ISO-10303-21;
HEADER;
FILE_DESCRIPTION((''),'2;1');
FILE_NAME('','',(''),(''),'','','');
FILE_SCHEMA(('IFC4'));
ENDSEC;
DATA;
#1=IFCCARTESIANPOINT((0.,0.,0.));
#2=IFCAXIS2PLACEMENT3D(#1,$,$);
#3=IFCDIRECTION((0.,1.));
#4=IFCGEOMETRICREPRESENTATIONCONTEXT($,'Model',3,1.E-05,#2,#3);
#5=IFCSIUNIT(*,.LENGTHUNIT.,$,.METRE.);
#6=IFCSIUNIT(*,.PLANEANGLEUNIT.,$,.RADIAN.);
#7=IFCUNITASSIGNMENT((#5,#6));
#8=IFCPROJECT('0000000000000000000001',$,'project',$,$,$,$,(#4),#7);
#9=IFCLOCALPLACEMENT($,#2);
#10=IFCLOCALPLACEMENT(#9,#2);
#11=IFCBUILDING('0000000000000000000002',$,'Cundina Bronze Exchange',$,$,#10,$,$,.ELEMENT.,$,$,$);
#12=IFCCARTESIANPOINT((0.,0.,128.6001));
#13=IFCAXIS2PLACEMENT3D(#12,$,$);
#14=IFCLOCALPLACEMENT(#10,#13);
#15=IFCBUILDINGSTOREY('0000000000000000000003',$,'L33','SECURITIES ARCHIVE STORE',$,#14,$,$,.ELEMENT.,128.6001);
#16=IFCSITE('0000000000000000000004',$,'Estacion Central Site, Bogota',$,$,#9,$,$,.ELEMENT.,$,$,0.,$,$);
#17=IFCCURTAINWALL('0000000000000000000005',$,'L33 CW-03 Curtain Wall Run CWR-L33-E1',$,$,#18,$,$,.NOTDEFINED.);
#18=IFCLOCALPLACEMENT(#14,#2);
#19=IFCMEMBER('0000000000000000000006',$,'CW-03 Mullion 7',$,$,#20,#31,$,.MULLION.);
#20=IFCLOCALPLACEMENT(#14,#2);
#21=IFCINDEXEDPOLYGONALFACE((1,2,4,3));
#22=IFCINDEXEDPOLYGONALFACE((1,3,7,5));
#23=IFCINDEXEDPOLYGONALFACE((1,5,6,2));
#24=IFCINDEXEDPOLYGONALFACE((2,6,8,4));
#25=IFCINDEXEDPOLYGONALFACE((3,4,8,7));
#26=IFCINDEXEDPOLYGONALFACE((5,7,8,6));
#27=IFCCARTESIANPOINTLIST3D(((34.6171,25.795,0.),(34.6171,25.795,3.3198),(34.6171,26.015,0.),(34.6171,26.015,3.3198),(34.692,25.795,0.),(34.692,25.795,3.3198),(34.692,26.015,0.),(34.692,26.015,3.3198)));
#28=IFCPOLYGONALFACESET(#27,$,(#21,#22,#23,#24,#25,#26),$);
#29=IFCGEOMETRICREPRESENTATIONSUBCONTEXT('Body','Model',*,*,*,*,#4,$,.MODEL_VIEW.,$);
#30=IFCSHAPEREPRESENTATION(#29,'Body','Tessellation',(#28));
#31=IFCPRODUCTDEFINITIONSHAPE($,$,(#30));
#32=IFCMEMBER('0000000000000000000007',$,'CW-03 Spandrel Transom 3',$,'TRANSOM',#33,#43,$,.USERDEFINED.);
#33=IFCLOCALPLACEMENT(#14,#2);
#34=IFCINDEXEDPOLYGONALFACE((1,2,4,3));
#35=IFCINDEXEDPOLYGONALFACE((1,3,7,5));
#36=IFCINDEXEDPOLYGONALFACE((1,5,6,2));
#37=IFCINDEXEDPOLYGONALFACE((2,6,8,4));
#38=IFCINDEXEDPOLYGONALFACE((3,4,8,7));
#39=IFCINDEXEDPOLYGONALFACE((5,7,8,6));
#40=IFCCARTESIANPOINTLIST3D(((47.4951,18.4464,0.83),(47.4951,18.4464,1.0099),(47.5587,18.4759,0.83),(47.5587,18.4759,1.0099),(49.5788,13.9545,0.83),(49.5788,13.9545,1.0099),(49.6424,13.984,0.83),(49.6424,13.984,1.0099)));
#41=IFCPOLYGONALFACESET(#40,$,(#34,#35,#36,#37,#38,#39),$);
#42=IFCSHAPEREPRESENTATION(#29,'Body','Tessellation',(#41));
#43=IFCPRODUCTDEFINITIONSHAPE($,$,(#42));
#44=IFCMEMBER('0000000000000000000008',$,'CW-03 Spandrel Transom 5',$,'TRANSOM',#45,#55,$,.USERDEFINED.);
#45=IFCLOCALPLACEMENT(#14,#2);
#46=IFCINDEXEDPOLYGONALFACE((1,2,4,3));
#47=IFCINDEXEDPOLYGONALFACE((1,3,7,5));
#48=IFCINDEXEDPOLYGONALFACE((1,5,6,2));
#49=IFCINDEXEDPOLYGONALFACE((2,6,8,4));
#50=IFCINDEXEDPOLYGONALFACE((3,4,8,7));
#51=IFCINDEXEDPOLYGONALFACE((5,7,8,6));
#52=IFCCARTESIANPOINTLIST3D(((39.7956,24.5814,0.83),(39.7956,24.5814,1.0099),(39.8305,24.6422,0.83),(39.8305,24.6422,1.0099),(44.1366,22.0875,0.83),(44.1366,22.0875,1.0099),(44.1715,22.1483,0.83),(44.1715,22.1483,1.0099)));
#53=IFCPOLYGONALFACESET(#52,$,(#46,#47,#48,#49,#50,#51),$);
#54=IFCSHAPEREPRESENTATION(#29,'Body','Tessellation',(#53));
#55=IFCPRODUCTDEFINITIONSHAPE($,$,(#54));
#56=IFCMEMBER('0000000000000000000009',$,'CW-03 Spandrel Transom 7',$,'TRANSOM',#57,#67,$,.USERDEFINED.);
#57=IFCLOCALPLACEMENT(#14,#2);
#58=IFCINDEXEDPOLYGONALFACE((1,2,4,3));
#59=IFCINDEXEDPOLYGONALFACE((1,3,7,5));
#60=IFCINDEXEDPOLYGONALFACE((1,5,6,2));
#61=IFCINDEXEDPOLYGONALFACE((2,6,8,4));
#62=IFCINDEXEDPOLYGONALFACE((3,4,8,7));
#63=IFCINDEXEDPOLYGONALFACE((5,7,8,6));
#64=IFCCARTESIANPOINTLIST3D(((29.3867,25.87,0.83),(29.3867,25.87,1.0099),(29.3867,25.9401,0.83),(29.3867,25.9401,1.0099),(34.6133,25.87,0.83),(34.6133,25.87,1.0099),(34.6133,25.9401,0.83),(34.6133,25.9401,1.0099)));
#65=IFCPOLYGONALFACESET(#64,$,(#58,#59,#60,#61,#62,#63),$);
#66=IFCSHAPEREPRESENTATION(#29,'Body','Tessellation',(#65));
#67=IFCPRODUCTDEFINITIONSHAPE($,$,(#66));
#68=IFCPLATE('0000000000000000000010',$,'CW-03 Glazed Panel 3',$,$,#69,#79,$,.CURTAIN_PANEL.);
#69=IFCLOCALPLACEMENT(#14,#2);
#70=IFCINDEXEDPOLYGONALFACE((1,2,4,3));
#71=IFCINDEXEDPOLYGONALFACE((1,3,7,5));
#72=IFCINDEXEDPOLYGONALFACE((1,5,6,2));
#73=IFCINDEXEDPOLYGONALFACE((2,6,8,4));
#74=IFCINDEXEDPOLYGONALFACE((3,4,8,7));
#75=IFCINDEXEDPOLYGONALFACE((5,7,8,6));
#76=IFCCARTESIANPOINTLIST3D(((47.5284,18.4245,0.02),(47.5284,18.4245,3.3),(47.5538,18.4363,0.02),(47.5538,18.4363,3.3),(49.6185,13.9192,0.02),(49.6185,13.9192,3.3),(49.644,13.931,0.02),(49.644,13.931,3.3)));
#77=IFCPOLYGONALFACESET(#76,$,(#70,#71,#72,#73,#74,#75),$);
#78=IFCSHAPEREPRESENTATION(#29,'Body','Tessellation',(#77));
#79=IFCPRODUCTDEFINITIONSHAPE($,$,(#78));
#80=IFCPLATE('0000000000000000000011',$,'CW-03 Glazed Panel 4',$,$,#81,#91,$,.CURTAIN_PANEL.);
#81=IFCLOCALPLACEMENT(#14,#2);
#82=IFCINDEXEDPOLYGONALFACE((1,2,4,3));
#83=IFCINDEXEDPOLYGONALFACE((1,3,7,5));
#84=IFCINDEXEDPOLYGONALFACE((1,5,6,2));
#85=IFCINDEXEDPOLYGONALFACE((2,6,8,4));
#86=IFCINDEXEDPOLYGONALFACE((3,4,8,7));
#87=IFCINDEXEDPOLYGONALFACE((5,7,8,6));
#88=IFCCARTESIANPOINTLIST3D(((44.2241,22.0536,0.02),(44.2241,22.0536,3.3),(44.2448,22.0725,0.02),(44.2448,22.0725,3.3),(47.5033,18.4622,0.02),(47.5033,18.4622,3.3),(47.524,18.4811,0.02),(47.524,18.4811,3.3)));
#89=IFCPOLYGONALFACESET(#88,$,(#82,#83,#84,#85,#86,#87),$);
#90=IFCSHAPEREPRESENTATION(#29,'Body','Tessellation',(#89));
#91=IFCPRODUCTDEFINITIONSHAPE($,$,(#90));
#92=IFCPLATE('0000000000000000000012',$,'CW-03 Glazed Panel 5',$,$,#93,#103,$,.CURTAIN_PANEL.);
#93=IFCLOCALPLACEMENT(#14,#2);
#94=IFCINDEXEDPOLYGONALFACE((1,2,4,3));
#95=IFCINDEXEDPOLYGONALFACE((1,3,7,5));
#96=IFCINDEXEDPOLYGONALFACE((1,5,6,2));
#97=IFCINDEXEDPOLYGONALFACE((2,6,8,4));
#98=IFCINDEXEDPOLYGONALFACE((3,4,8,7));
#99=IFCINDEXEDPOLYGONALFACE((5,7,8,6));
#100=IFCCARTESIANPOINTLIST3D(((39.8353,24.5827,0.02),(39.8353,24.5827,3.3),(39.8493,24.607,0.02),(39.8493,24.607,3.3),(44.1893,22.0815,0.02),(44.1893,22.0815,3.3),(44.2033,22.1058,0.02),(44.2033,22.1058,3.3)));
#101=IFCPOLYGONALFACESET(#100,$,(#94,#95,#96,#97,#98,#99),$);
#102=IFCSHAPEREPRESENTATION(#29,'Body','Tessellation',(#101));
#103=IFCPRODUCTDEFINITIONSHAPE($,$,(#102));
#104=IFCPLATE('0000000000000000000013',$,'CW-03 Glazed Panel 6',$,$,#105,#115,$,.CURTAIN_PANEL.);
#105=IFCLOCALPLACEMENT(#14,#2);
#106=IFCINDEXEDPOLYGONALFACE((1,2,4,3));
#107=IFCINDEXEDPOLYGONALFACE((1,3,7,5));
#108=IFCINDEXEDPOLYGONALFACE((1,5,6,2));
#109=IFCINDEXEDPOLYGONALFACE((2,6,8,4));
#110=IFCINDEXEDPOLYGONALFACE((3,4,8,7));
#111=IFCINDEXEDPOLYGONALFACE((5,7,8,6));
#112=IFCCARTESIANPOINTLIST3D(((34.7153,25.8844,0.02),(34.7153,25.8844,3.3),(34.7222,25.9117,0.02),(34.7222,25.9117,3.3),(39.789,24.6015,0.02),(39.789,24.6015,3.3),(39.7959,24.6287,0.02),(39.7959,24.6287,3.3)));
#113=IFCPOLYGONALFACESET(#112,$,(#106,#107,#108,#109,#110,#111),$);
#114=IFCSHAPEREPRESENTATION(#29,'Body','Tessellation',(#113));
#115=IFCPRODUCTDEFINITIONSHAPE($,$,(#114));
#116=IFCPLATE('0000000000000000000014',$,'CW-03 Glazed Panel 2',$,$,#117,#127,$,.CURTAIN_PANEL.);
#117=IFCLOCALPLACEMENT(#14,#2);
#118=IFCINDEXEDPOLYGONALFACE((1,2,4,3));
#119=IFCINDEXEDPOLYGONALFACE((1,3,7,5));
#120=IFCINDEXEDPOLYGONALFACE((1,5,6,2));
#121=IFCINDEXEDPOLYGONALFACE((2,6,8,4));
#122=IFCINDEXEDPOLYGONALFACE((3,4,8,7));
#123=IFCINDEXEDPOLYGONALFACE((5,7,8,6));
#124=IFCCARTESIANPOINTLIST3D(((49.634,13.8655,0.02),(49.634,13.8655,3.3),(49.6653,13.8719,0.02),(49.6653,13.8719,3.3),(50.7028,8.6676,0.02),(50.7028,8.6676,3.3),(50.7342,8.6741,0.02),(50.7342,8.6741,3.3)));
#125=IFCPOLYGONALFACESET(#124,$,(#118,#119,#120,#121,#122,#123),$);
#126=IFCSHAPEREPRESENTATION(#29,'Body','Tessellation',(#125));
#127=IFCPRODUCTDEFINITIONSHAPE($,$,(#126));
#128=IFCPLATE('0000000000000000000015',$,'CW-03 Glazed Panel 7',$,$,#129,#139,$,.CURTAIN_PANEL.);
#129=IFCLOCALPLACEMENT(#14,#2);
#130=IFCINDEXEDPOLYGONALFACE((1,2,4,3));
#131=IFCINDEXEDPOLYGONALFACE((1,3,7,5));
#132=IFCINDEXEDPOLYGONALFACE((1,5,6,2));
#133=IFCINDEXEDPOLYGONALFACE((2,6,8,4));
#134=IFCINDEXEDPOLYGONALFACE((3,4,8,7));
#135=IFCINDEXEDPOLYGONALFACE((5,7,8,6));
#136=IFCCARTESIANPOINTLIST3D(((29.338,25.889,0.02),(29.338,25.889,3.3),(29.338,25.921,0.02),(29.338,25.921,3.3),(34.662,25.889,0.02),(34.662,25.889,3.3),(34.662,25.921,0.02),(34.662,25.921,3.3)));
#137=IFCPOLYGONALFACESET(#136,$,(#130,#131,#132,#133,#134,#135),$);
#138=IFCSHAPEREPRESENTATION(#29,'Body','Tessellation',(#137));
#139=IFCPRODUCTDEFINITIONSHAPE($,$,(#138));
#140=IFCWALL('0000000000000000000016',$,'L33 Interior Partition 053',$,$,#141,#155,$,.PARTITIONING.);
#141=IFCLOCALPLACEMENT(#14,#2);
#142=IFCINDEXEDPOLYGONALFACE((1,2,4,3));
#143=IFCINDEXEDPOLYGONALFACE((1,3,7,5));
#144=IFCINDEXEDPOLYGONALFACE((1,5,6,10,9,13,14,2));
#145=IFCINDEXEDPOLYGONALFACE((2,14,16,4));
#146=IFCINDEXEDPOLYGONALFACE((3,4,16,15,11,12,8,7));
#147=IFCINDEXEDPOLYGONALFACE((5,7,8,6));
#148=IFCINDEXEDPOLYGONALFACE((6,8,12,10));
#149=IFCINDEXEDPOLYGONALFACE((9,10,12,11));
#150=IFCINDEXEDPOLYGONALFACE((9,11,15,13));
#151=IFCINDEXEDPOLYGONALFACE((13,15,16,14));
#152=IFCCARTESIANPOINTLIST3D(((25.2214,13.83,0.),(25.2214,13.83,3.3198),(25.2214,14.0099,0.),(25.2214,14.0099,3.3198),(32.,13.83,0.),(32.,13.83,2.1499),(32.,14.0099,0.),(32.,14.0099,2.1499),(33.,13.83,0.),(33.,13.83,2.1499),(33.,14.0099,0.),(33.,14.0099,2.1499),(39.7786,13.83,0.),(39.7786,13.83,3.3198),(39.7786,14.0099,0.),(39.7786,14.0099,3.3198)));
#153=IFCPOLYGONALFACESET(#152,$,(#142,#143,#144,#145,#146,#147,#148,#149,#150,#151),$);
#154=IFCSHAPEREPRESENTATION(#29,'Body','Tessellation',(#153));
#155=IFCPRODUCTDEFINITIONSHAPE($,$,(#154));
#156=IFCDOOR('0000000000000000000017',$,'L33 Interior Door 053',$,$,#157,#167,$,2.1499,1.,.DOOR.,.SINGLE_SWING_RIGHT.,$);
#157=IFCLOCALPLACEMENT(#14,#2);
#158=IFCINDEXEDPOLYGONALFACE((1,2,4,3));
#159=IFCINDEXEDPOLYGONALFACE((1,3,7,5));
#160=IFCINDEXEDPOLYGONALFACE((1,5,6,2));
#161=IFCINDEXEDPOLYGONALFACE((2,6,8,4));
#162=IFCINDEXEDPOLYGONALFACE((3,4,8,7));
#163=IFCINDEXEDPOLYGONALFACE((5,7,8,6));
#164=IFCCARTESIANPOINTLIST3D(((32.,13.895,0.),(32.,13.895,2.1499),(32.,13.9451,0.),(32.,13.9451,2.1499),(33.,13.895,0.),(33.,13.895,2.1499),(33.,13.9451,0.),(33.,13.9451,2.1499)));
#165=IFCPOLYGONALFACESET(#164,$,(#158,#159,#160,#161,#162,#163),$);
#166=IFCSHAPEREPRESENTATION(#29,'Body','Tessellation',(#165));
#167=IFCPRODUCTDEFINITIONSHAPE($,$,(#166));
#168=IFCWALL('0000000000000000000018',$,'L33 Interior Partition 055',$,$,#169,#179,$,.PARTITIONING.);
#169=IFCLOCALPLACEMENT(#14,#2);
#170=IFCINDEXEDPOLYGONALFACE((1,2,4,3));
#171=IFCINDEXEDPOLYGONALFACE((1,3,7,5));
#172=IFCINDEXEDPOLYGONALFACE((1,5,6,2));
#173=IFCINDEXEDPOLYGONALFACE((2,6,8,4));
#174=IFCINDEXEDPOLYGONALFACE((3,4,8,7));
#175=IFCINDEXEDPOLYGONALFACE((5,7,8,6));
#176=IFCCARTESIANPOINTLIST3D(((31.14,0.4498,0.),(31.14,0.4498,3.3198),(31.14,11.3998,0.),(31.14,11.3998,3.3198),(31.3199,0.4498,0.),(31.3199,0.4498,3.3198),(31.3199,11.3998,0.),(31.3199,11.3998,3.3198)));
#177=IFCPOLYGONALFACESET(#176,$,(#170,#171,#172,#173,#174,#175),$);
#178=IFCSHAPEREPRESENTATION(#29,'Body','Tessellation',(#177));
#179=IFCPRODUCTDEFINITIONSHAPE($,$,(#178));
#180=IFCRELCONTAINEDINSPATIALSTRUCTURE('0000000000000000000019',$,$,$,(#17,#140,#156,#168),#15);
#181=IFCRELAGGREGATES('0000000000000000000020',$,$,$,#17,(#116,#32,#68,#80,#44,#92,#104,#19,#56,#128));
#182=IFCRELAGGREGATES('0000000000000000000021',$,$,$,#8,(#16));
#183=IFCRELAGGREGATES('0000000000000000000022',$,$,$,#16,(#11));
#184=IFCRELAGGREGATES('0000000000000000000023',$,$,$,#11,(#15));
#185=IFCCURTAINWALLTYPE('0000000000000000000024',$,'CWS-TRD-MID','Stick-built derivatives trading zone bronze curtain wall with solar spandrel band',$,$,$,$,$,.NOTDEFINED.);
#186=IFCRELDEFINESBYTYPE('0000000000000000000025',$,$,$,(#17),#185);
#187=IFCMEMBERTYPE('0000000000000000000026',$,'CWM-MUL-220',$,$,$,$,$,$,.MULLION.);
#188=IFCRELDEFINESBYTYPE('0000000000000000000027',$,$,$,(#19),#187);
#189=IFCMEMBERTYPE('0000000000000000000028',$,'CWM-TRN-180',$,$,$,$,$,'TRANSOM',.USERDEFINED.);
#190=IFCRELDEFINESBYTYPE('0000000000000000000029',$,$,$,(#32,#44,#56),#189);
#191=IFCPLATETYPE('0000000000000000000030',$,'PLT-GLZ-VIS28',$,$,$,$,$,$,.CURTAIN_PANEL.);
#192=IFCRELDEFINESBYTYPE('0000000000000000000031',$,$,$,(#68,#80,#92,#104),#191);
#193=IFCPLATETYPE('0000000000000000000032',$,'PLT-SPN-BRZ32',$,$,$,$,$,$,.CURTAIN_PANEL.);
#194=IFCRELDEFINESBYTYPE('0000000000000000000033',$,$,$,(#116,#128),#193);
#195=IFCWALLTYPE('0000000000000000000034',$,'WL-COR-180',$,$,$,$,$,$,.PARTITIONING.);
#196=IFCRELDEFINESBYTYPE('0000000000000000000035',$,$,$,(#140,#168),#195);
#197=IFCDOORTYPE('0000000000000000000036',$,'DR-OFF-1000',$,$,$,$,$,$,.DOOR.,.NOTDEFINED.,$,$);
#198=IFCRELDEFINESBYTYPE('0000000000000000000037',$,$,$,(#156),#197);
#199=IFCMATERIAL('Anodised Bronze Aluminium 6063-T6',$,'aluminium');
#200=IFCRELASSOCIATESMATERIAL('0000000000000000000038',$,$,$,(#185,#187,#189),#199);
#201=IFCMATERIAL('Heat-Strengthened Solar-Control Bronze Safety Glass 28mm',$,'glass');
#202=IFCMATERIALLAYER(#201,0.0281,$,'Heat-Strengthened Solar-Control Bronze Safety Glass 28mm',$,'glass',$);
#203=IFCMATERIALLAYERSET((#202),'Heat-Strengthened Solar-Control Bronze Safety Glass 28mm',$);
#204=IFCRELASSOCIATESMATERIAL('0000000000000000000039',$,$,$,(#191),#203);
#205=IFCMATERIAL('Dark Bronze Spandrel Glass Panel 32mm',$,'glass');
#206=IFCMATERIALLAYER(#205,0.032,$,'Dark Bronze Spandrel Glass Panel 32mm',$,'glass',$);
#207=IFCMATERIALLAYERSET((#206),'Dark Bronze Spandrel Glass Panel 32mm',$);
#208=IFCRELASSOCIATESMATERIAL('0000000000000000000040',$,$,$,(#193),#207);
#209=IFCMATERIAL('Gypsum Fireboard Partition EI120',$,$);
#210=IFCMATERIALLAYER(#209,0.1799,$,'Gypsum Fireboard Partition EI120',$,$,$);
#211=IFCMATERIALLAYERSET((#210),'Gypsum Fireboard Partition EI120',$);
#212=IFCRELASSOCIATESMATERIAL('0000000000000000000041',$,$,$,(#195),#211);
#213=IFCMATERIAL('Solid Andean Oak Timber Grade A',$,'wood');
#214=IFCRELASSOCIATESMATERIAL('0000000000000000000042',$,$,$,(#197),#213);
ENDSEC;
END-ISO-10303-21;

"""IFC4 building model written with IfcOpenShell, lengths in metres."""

from ifc_helpers import new_model, si_unit, direction, frame, frame_2d, origin, origin_2d, place, context, subcontext, project, spatial, rectangle, extrude, material, layer, layer_set, material_profile, profile_set, type_object, element, fill, aggregate, save


model = new_model("IFC4")

# Units and contexts
model_context = context("Model", 3, precision=1e-05, world=origin(), true_north=direction((0.0, 1.0)))
body_context = subcontext(model_context, "Body", "Model", "MODEL_VIEW")
ifc_project = project(units=[si_unit("LENGTHUNIT", "METRE"), si_unit("PLANEANGLEUNIT", "RADIAN")], contexts=[model_context])

# Site, building, storey
site_placement = place(None, origin())
site = spatial("IfcSite", under=ifc_project, at=site_placement, Name="Estacion Central Site, Bogota", CompositionType="ELEMENT", RefElevation=0.0)
building_placement = place(site_placement, origin())
building = spatial("IfcBuilding", under=site, at=building_placement, Name="Cundina Bronze Exchange", CompositionType="ELEMENT")
storey_placement = place(building_placement, frame((0.0, 0.0, 128.6001)))
storey = spatial("IfcBuildingStorey", under=building, at=storey_placement, Name="L33", Description="SECURITIES ARCHIVE STORE", CompositionType="ELEMENT", Elevation=128.6001)

# Curtain wall, members, plates
ifc_material_1 = material(Name="Anodised Bronze Aluminium 6063-T6", Category="aluminium")
curtain_wall_type = type_object("IfcCurtainWallType", Name="CWS-TRD-MID", Description="Stick-built derivatives trading zone bronze curtain wall with solar spandrel band", PredefinedType="NOTDEFINED", material=ifc_material_1)
curtain_wall_placement = place(storey_placement, origin())
curtain_wall = element("IfcCurtainWall", 1, at=curtain_wall_placement, inside=storey, type_object=curtain_wall_type, Name="L33 CW-03 Curtain Wall Run CWR-L33-E1", PredefinedType="NOTDEFINED")
ifc_material_profile_1 = material_profile(ifc_material_1, rectangle(XDim=0.075, YDim=0.22, at=origin_2d()), Name="AL75X220", Category="aluminium")
ifc_profile_set_1 = profile_set([ifc_material_profile_1], Name="Anodised Bronze Aluminium 6063-T6")
member_type_1 = type_object("IfcMemberType", Name="CWM-MUL-220", PredefinedType="MULLION", material=ifc_profile_set_1)
member_1_placement = place(storey_placement, frame((34.6545, 25.905, 0.0), z_axis=(0.0, 0.0, 1.0), x_axis=(-1.0, 0.0, 0.0)))
member_1 = element("IfcMember", 2, at=member_1_placement, type_object=member_type_1, Name="CW-03 Mullion 7", PredefinedType="MULLION", context=body_context, shape_type="SweptSolid", body=[
    extrude(rectangle(XDim=0.075, YDim=0.22, at=origin_2d()), origin(), (0.0, 0.0, 1.0), 3.3198),
])
ifc_material_profile_2 = material_profile(ifc_material_1, rectangle(XDim=0.0701, YDim=0.1799, at=origin_2d()), Name="AL70X180", Category="aluminium")
ifc_profile_set_2 = profile_set([ifc_material_profile_2], Name="Anodised Bronze Aluminium 6063-T6")
member_type_2 = type_object("IfcMemberType", Name="CWM-TRN-180", ElementType="TRANSOM", PredefinedType="USERDEFINED", material=ifc_profile_set_2)
member_2_placement = place(storey_placement, frame((49.6106, 13.9692, 0.9199), z_axis=(-0.420811, 0.907148, 0.0), x_axis=(-0.907148, -0.420811, 0.0)))
member_2 = element("IfcMember", 3, at=member_2_placement, type_object=member_type_2, Name="CW-03 Spandrel Transom 3", ObjectType="TRANSOM", PredefinedType="USERDEFINED", context=body_context, shape_type="SweptSolid", body=[
    extrude(rectangle(XDim=0.0701, YDim=0.1799, at=origin_2d()), origin(), (0.0, 0.0, 1.0), 4.9517),
])
member_3_placement = place(storey_placement, frame((44.1541, 22.1179, 0.9199), z_axis=(-0.867097, 0.498139, 0.0), x_axis=(-0.498139, -0.867097, 0.0)))
member_3 = element("IfcMember", 4, at=member_3_placement, type_object=member_type_2, Name="CW-03 Spandrel Transom 5", ObjectType="TRANSOM", PredefinedType="USERDEFINED", context=body_context, shape_type="SweptSolid", body=[
    extrude(rectangle(XDim=0.0701, YDim=0.1799, at=origin_2d()), origin(), (0.0, 0.0, 1.0), 5.0063),
])
member_4_placement = place(storey_placement, frame((34.6133, 25.905, 0.9199), z_axis=(-1.0, 0.0, 0.0), x_axis=(0.0, -1.0, 0.0)))
member_4 = element("IfcMember", 5, at=member_4_placement, type_object=member_type_2, Name="CW-03 Spandrel Transom 7", ObjectType="TRANSOM", PredefinedType="USERDEFINED", context=body_context, shape_type="SweptSolid", body=[
    extrude(rectangle(XDim=0.0701, YDim=0.1799, at=origin_2d()), origin(), (0.0, 0.0, 1.0), 5.2266),
])
ifc_material_2 = material(Name="Heat-Strengthened Solar-Control Bronze Safety Glass 28mm", Category="glass")
ifc_layer_1 = layer(ifc_material_2, 0.0281, Name="Heat-Strengthened Solar-Control Bronze Safety Glass 28mm", Category="glass")
ifc_layer_set_1 = layer_set([ifc_layer_1], Name="Heat-Strengthened Solar-Control Bronze Safety Glass 28mm")
plate_type_1 = type_object("IfcPlateType", Name="PLT-GLZ-VIS28", PredefinedType="CURTAIN_PANEL", material=ifc_layer_set_1)
plate_1_placement = place(storey_placement, frame((48.5862, 16.1777, 0.02), z_axis=(0.0, 0.0, 1.0), x_axis=(-0.420846, 0.907132, 0.0)))
plate_1 = element("IfcPlate", 6, at=plate_1_placement, type_object=plate_type_1, Name="CW-03 Glazed Panel 3", PredefinedType="CURTAIN_PANEL", context=body_context, shape_type="SweptSolid", body=[
    extrude(rectangle(XDim=4.9666, YDim=0.0281, at=origin_2d()), origin(), (0.0, 0.0, 1.0), 3.28),
])
plate_2_placement = place(storey_placement, frame((45.874, 20.2673, 0.02), z_axis=(0.0, 0.0, 1.0), x_axis=(-0.674277, 0.738479, 0.0)))
plate_2 = element("IfcPlate", 7, at=plate_2_placement, type_object=plate_type_1, Name="CW-03 Glazed Panel 4", PredefinedType="CURTAIN_PANEL", context=body_context, shape_type="SweptSolid", body=[
    extrude(rectangle(XDim=4.8633, YDim=0.0281, at=origin_2d()), origin(), (0.0, 0.0, 1.0), 3.28),
])
plate_3_placement = place(storey_placement, frame((42.0193, 23.3442, 0.02), z_axis=(0.0, 0.0, 1.0), x_axis=(-0.867105, 0.498125, 0.0)))
plate_3 = element("IfcPlate", 8, at=plate_3_placement, type_object=plate_type_1, Name="CW-03 Glazed Panel 5", PredefinedType="CURTAIN_PANEL", context=body_context, shape_type="SweptSolid", body=[
    extrude(rectangle(XDim=5.0212, YDim=0.0281, at=origin_2d()), origin(), (0.0, 0.0, 1.0), 3.28),
])
plate_4_placement = place(storey_placement, frame((37.2556, 25.2566, 0.02), z_axis=(0.0, 0.0, 1.0), x_axis=(-0.969488, 0.245138, 0.0)))
plate_4 = element("IfcPlate", 9, at=plate_4_placement, type_object=plate_type_1, Name="CW-03 Glazed Panel 6", PredefinedType="CURTAIN_PANEL", context=body_context, shape_type="SweptSolid", body=[
    extrude(rectangle(XDim=5.2334, YDim=0.0281, at=origin_2d()), origin(), (0.0, 0.0, 1.0), 3.28),
])
ifc_material_3 = material(Name="Dark Bronze Spandrel Glass Panel 32mm", Category="glass")
ifc_layer_2 = layer(ifc_material_3, 0.032, Name="Dark Bronze Spandrel Glass Panel 32mm", Category="glass")
ifc_layer_set_2 = layer_set([ifc_layer_2], Name="Dark Bronze Spandrel Glass Panel 32mm")
plate_type_2 = type_object("IfcPlateType", Name="PLT-SPN-BRZ32", PredefinedType="CURTAIN_PANEL", material=ifc_layer_set_2)
plate_5_placement = place(storey_placement, frame((50.1841, 11.2698, 0.02), z_axis=(0.0, 0.0, 1.0), x_axis=(-0.20142, 0.979505, 0.0)))
plate_5 = element("IfcPlate", 10, at=plate_5_placement, type_object=plate_type_2, Name="CW-03 Glazed Panel 2", PredefinedType="CURTAIN_PANEL", context=body_context, shape_type="SweptSolid", body=[
    extrude(rectangle(XDim=5.3066, YDim=0.032, at=origin_2d()), origin(), (0.0, 0.0, 1.0), 3.28),
])
plate_6_placement = place(storey_placement, frame((32.0, 25.905, 0.02), z_axis=(0.0, 0.0, 1.0), x_axis=(-1.0, 0.0, 0.0)))
plate_6 = element("IfcPlate", 11, at=plate_6_placement, type_object=plate_type_2, Name="CW-03 Glazed Panel 7", PredefinedType="CURTAIN_PANEL", context=body_context, shape_type="SweptSolid", body=[
    extrude(rectangle(XDim=5.324, YDim=0.032, at=origin_2d()), origin(), (0.0, 0.0, 1.0), 3.28),
])
aggregate(curtain_wall, [plate_5, member_2, plate_1, plate_2, member_3, plate_3, plate_4, member_1, member_4, plate_6])

# Wall, opening, door
ifc_material_4 = material(Name="Gypsum Fireboard Partition EI120")
ifc_layer_3 = layer(ifc_material_4, 0.1799, Name="Gypsum Fireboard Partition EI120")
ifc_layer_set_3 = layer_set([ifc_layer_3], Name="Gypsum Fireboard Partition EI120")
wall_type = type_object("IfcWallType", Name="WL-COR-180", PredefinedType="PARTITIONING", material=ifc_layer_set_3)
wall_1_placement = place(storey_placement, frame((39.7786, 13.9199, 0.0), z_axis=(0.0, 0.0, 1.0), x_axis=(-1.0, 0.0, 0.0)))
wall_1 = element("IfcWall", 12, at=wall_1_placement, inside=storey, type_object=wall_type, Name="L33 Interior Partition 053", PredefinedType="PARTITIONING", context=body_context, shape_type="SweptSolid", body=[
    extrude(rectangle(XDim=14.5571, YDim=0.1799, at=frame_2d((7.2786, 0.0))), origin(), (0.0, 0.0, 1.0), 3.3198),
])
opening_placement = place(wall_1_placement, frame((6.7786, 0.0, 0.0)))
opening = element("IfcOpeningElement", 13, at=opening_placement, cuts=wall_1, PredefinedType="OPENING", context=body_context, shape_type="SweptSolid", body=[
    extrude(rectangle(XDim=1.0, YDim=2.1499, at=frame_2d((0.5, 1.075))), frame((0.0, 0.0999, 0.0), z_axis=(0.0, -1.0, 0.0), x_axis=(1.0, 0.0, 0.0)), (0.0, 0.0, 1.0), 0.2),
])
ifc_material_5 = material(Name="Solid Andean Oak Timber Grade A", Category="wood")
door_type = type_object("IfcDoorType", Name="DR-OFF-1000", OperationType="NOTDEFINED", PredefinedType="DOOR", material=ifc_material_5)
door_placement = place(opening_placement, origin())
door = element("IfcDoor", 14, at=door_placement, inside=storey, type_object=door_type, Name="L33 Interior Door 053", OperationType="SINGLE_SWING_RIGHT", OverallHeight=2.1499, OverallWidth=1.0, PredefinedType="DOOR", context=body_context, shape_type="SweptSolid", body=[
    extrude(rectangle(XDim=1.0, YDim=2.1499, at=frame_2d((0.5, 1.075))), frame((0.0, 0.0249, 0.0), z_axis=(0.0, -1.0, 0.0), x_axis=(1.0, 0.0, 0.0)), (0.0, 0.0, 1.0), 0.05),
])
fill(opening, door)

# Wall
wall_2_placement = place(storey_placement, frame((31.23, 11.3999, 0.0), z_axis=(0.0, 0.0, 1.0), x_axis=(0.0, -1.0, 0.0)))
element("IfcWall", 15, at=wall_2_placement, inside=storey, type_object=wall_type, Name="L33 Interior Partition 055", PredefinedType="PARTITIONING", context=body_context, shape_type="SweptSolid", body=[
    extrude(rectangle(XDim=10.95, YDim=0.1799, at=frame_2d((5.4751, 0.0))), origin(), (0.0, 0.0, 1.0), 3.3198),
])

save(model, "model.ifc")
